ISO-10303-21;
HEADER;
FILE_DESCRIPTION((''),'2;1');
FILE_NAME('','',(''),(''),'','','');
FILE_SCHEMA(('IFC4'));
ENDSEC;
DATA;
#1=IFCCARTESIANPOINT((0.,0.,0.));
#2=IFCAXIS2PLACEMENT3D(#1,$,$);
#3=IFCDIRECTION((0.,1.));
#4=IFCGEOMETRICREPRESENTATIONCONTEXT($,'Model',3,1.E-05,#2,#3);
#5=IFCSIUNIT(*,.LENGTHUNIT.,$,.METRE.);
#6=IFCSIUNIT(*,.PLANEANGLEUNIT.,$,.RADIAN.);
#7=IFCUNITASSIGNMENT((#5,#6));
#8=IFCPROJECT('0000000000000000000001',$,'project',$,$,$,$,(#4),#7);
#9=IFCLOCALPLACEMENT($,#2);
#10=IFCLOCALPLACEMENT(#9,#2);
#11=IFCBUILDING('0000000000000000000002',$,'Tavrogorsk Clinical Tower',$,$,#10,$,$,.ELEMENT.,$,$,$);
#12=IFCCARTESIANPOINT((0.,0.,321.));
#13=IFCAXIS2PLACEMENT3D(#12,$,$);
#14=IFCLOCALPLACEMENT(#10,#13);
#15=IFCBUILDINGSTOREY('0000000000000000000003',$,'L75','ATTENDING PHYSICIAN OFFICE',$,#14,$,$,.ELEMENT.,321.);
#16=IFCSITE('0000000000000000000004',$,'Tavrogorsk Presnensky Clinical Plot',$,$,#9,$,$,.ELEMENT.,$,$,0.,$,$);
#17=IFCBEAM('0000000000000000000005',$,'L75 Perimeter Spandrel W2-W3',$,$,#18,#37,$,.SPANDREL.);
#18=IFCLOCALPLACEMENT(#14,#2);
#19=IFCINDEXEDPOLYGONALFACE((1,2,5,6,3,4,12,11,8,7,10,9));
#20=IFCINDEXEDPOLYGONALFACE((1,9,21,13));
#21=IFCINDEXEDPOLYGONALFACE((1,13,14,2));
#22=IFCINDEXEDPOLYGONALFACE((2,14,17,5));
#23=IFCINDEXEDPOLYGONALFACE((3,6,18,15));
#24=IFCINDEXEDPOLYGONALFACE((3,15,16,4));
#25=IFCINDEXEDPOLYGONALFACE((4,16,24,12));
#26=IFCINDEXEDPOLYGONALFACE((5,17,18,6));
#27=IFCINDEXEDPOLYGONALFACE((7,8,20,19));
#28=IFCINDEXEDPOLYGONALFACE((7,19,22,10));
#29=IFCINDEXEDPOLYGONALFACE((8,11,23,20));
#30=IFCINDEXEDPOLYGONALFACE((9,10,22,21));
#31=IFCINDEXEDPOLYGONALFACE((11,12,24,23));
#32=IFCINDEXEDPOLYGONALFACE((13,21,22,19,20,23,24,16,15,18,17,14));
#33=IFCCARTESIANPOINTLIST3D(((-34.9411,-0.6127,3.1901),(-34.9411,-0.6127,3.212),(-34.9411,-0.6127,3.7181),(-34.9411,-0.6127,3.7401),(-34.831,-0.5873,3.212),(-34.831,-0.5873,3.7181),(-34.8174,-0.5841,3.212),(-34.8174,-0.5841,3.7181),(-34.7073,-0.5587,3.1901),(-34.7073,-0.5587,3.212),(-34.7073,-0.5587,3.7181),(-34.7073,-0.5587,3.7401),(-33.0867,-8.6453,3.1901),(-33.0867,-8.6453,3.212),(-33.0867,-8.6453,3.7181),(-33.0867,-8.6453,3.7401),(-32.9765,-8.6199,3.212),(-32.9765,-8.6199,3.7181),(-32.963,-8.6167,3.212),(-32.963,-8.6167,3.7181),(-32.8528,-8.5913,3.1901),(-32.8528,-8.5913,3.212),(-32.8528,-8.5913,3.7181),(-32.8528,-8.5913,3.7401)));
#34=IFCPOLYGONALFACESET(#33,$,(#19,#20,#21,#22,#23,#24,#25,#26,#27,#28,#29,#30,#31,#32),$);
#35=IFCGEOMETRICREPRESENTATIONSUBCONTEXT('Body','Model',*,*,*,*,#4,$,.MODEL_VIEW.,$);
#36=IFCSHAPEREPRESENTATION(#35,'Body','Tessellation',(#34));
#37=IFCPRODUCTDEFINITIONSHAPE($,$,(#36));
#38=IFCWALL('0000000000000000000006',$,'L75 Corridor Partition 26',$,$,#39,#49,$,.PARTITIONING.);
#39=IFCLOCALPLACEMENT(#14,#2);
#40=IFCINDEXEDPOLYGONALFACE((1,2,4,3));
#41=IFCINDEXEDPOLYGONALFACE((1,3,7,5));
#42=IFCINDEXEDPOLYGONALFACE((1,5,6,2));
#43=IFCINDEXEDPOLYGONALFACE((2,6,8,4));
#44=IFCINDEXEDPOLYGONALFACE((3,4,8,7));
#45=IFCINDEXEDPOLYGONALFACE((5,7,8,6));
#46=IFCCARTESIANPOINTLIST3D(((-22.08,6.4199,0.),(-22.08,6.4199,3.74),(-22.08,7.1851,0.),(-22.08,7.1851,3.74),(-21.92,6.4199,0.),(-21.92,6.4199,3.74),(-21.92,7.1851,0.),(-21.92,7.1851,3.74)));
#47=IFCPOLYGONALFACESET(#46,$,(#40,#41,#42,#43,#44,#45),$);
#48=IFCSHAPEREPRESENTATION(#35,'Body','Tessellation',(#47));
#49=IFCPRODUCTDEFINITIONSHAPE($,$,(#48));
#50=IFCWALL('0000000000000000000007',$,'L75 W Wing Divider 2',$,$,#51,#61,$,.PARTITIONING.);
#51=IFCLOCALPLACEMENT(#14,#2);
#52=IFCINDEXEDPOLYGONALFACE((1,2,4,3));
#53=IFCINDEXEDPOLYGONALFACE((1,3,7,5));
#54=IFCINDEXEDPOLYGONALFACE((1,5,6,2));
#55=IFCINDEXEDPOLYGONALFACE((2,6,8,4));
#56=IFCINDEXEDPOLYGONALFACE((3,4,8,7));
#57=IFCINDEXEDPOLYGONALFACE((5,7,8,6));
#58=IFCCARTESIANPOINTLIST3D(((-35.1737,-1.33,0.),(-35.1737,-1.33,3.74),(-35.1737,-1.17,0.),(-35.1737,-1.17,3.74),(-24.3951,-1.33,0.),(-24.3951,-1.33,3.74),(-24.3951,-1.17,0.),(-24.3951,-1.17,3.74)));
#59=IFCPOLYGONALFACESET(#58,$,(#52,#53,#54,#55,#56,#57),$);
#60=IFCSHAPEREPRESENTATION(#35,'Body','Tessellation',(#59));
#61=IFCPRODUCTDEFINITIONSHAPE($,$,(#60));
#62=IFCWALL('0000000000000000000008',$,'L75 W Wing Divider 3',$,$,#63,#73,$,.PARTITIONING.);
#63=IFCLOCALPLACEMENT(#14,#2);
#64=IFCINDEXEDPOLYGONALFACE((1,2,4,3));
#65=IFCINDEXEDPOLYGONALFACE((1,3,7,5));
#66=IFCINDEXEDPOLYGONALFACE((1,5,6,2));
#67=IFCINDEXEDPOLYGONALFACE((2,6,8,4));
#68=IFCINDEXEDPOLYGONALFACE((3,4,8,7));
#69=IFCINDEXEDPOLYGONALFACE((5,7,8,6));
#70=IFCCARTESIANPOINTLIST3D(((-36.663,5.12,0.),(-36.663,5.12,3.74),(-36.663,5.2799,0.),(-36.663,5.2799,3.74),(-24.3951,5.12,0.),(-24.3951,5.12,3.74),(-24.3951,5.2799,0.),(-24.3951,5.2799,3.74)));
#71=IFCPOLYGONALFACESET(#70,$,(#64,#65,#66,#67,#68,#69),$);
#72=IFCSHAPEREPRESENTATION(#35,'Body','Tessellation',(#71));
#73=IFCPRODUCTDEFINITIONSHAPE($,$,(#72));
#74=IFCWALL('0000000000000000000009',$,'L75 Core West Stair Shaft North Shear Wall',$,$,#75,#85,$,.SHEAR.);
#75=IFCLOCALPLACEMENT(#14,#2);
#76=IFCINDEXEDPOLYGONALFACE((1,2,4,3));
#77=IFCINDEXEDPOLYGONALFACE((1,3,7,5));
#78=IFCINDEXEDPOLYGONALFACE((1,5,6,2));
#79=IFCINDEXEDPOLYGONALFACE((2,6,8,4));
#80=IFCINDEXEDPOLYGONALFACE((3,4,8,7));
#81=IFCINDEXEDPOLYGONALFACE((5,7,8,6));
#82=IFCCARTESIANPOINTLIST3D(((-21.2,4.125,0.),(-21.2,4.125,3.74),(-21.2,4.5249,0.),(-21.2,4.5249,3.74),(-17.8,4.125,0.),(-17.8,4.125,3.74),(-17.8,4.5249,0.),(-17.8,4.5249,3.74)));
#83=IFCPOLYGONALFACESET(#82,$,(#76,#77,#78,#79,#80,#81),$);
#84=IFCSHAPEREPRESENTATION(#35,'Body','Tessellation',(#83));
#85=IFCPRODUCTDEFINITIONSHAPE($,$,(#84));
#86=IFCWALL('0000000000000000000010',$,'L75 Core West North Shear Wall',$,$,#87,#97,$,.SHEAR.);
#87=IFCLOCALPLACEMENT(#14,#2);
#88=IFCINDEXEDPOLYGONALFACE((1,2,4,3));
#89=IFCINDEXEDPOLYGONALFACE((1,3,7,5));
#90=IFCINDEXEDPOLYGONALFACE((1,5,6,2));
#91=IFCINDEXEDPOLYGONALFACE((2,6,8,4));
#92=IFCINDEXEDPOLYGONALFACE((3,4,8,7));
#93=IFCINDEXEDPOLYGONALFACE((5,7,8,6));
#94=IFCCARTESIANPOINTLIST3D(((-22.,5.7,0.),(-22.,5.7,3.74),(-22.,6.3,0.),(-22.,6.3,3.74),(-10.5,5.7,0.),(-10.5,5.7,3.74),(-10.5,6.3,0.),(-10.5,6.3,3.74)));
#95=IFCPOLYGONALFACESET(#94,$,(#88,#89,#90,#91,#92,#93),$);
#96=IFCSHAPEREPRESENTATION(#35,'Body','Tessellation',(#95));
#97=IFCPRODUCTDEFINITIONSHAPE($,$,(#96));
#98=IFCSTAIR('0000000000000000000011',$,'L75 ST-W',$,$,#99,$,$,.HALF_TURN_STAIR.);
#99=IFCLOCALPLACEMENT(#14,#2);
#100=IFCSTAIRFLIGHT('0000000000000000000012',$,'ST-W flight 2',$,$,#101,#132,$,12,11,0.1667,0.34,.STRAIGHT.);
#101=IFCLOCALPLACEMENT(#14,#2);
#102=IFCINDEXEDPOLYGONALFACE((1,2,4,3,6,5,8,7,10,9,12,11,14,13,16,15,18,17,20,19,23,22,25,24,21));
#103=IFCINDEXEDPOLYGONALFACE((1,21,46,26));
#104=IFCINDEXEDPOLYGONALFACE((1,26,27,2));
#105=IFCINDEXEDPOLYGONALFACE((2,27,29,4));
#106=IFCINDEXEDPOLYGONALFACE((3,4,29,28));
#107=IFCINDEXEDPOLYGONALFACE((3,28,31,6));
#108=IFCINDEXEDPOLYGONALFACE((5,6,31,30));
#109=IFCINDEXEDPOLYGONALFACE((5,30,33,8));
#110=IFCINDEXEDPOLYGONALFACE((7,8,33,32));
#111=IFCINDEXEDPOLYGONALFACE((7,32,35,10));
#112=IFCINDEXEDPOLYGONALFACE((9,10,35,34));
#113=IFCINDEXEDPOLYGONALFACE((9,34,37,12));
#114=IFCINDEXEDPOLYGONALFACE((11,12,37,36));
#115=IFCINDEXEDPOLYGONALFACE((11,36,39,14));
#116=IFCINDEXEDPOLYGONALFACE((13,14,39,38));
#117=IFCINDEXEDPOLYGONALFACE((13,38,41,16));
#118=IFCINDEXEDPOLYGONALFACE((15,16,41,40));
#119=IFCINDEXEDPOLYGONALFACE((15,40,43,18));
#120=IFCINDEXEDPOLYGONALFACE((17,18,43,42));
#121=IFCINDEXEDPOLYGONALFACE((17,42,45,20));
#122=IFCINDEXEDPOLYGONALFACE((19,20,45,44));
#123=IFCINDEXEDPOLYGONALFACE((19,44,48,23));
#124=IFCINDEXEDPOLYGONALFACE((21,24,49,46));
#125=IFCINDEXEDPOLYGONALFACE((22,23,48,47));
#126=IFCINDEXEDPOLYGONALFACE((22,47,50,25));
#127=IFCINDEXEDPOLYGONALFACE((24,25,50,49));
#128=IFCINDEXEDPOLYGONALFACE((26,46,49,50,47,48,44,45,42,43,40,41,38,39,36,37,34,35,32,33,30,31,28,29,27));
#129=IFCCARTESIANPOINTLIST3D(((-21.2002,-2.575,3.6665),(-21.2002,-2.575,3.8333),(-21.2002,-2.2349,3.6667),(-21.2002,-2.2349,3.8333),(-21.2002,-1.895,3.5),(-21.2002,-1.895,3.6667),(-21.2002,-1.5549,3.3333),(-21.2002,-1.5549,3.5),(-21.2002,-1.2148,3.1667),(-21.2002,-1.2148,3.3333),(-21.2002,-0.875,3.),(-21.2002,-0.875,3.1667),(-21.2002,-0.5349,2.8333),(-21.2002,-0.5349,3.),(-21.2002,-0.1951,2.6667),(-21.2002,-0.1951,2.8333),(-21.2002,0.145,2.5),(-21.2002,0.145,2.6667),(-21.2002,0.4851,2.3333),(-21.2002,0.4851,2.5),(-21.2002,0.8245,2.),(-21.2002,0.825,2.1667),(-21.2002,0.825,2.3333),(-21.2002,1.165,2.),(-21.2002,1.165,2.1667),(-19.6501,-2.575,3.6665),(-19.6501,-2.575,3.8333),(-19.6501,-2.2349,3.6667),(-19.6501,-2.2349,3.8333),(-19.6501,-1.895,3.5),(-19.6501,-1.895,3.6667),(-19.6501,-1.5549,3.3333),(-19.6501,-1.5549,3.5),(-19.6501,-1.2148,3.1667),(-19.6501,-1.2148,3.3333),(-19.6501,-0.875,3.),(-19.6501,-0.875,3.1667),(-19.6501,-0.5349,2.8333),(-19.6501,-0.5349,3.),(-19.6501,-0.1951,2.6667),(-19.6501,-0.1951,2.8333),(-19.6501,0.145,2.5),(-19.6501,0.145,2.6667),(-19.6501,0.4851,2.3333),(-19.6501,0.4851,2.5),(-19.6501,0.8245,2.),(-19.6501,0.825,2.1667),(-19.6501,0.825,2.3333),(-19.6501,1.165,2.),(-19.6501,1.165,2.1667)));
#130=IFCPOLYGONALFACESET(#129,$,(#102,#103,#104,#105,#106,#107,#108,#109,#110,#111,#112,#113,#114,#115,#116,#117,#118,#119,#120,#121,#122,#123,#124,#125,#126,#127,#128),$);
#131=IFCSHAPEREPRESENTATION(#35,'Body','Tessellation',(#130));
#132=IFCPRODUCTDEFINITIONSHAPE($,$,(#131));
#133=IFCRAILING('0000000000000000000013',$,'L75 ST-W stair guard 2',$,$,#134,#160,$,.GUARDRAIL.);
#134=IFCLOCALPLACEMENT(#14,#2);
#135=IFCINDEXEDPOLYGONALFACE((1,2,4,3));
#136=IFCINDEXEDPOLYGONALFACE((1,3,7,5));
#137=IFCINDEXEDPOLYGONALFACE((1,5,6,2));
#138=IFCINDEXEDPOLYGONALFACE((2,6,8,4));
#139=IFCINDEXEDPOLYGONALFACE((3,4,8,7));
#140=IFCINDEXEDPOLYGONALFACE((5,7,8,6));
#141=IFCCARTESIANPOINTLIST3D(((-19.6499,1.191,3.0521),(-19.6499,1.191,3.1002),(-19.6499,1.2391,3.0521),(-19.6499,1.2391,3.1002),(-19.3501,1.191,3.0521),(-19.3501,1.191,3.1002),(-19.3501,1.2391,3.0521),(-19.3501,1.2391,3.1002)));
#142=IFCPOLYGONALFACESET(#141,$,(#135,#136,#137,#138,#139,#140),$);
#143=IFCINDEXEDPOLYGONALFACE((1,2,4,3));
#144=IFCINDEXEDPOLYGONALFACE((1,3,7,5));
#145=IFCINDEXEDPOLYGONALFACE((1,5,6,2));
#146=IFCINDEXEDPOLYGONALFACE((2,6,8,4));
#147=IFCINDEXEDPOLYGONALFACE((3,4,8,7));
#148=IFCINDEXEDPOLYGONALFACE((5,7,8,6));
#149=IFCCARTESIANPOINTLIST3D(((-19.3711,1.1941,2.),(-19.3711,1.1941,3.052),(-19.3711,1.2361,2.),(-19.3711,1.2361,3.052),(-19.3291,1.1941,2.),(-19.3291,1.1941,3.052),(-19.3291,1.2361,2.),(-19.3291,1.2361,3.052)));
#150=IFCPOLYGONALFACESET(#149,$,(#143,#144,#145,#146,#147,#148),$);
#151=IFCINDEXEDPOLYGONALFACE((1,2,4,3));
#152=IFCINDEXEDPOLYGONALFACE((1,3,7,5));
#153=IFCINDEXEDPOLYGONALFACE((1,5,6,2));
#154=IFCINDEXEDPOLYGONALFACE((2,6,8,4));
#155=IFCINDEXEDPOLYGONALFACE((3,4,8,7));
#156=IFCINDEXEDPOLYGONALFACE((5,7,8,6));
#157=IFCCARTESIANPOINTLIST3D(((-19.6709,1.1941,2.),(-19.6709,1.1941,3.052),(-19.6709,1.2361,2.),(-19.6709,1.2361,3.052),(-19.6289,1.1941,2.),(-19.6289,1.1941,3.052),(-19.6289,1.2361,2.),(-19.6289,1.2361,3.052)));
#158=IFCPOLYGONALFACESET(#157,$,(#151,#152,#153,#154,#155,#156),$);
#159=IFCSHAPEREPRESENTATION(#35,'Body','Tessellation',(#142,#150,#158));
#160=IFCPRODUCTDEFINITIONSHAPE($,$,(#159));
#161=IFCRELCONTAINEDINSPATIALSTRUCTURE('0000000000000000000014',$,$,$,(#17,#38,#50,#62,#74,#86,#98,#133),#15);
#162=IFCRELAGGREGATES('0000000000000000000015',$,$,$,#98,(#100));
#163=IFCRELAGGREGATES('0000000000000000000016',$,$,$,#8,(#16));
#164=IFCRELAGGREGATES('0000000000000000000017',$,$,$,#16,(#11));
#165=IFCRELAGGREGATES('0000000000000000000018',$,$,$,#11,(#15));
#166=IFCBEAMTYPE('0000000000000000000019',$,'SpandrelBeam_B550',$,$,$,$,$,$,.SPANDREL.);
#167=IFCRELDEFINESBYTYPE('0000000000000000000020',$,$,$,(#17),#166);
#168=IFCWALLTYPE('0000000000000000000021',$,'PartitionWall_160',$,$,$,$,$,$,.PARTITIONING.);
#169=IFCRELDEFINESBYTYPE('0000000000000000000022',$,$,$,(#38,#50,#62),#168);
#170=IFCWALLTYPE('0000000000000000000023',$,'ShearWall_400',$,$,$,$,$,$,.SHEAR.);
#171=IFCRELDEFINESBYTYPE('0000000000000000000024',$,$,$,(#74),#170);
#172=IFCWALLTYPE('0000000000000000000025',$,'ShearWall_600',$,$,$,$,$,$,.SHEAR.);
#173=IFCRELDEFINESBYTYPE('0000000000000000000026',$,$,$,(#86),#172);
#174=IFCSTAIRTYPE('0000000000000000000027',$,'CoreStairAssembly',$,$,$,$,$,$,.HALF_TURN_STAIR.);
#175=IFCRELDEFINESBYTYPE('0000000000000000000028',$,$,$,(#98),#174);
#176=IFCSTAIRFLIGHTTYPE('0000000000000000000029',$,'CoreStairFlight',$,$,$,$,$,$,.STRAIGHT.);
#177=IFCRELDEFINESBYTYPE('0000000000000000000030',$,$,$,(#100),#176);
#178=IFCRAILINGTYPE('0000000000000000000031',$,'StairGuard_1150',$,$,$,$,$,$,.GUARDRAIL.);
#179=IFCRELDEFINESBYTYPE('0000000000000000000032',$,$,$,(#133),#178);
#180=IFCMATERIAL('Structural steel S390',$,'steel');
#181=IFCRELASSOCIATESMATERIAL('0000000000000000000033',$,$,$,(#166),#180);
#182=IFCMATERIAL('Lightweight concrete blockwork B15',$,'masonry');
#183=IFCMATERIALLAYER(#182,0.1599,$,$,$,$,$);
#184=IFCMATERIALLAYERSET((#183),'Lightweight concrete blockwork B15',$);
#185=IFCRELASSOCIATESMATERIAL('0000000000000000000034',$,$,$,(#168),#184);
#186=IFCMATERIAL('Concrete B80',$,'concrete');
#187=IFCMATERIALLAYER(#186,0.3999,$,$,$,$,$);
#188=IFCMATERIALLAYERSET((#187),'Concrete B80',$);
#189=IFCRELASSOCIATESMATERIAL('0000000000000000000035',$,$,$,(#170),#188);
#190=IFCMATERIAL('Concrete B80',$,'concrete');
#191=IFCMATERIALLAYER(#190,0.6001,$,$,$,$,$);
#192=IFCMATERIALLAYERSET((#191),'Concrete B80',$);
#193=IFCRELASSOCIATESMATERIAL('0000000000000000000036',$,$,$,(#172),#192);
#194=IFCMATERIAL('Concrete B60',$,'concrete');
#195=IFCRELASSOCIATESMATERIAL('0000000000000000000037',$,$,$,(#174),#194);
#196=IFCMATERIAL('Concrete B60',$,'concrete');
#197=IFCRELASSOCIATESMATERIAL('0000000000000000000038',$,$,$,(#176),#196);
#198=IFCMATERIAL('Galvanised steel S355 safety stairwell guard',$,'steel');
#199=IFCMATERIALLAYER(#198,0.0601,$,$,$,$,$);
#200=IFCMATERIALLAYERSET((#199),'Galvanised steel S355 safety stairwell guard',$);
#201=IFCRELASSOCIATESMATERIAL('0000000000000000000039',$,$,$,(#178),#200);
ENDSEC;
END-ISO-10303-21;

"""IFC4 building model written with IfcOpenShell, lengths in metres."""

from ifc_helpers import new_model, si_unit, direction, frame, frame_2d, origin, origin_2d, place, context, subcontext, project, spatial, polyline, rectangle, i_section, outline, extrude, material, layer, layer_set, material_profile, profile_set, type_object, element, aggregate, save


model = new_model("IFC4")

# Units and contexts
model_context = context("Model", 3, precision=1e-05, world=origin(), true_north=direction((0.0, 1.0)))
body_context = subcontext(model_context, "Body", "Model", "MODEL_VIEW")
ifc_project = project(units=[si_unit("LENGTHUNIT", "METRE"), si_unit("PLANEANGLEUNIT", "RADIAN")], contexts=[model_context])

# Site, building, storey
site_placement = place(None, origin())
site = spatial("IfcSite", under=ifc_project, at=site_placement, Name="Tavrogorsk Presnensky Clinical Plot", CompositionType="ELEMENT", RefElevation=0.0)
building_placement = place(site_placement, origin())
building = spatial("IfcBuilding", under=site, at=building_placement, Name="Tavrogorsk Clinical Tower", CompositionType="ELEMENT")
storey_placement = place(building_placement, frame((0.0, 0.0, 321.0)))
storey = spatial("IfcBuildingStorey", under=building, at=storey_placement, Name="L75", Description="ATTENDING PHYSICIAN OFFICE", CompositionType="ELEMENT", Elevation=321.0)

# Beam
ifc_material_1 = material(Name="Structural steel S390", Category="steel")
ifc_material_profile_1 = material_profile(ifc_material_1, i_section(OverallWidth=0.24, OverallDepth=0.55, WebThickness=0.0139, FlangeThickness=0.022, at=origin_2d()), Name="B-550x240x14x22")
ifc_profile_set_1 = profile_set([ifc_material_profile_1], Name="Structural steel S390")
beam_type_1 = type_object("IfcBeamType", Name="SpandrelBeam_B550", PredefinedType="SPANDREL", material=ifc_profile_set_1)
beam_1_placement = place(storey_placement, frame((-34.8242, -0.5857, 3.4651), z_axis=(0.22495, -0.97437, 0.0), x_axis=(0.97437, 0.22495, 0.0)))
element("IfcBeam", 1, at=beam_1_placement, inside=storey, type_object=beam_type_1, Name="L75 Perimeter Spandrel W2-W3", PredefinedType="SPANDREL", context=body_context, shape_type="SweptSolid", body=[
    extrude(i_section(OverallWidth=0.24, OverallDepth=0.55, WebThickness=0.0139, FlangeThickness=0.022, at=origin_2d()), origin(), (0.0, 0.0, 1.0), 8.2439),
])

# Walls
ifc_material_2 = material(Name="Lightweight concrete blockwork B15", Category="masonry")
ifc_layer_1 = layer(ifc_material_2, 0.1599)
ifc_layer_set_1 = layer_set([ifc_layer_1], Name="Lightweight concrete blockwork B15")
wall_type_1 = type_object("IfcWallType", Name="PartitionWall_160", PredefinedType="PARTITIONING", material=ifc_layer_set_1)
wall_1_placement = place(storey_placement, frame((-22.0, 7.1851, 0.0), z_axis=(0.0, 0.0, 1.0), x_axis=(0.0, -1.0, 0.0)))
element("IfcWall", 2, at=wall_1_placement, inside=storey, type_object=wall_type_1, Name="L75 Corridor Partition 26", PredefinedType="PARTITIONING", context=body_context, shape_type="SweptSolid", body=[
    extrude(rectangle(XDim=0.7651, YDim=0.1599, at=frame_2d((0.3826, 0.0))), origin(), (0.0, 0.0, 1.0), 3.74),
])
wall_2_placement = place(storey_placement, frame((-35.1736, -1.25, 0.0), z_axis=(0.0, 0.0, 1.0), x_axis=(1.0, 0.0, 0.0)))
element("IfcWall", 3, at=wall_2_placement, inside=storey, type_object=wall_type_1, Name="L75 W Wing Divider 2", PredefinedType="PARTITIONING", context=body_context, shape_type="SweptSolid", body=[
    extrude(rectangle(XDim=10.7786, YDim=0.1599, at=frame_2d((5.3892, 0.0))), origin(), (0.0, 0.0, 1.0), 3.74),
])
wall_3_placement = place(storey_placement, frame((-36.6628, 5.2, 0.0), z_axis=(0.0, 0.0, 1.0), x_axis=(1.0, 0.0, 0.0)))
element("IfcWall", 4, at=wall_3_placement, inside=storey, type_object=wall_type_1, Name="L75 W Wing Divider 3", PredefinedType="PARTITIONING", context=body_context, shape_type="SweptSolid", body=[
    extrude(rectangle(XDim=12.2678, YDim=0.1599, at=frame_2d((6.1338, 0.0))), origin(), (0.0, 0.0, 1.0), 3.74),
])
ifc_material_3 = material(Name="Concrete B80", Category="concrete")
ifc_layer_2 = layer(ifc_material_3, 0.3999)
ifc_layer_set_2 = layer_set([ifc_layer_2], Name="Concrete B80")
wall_type_2 = type_object("IfcWallType", Name="ShearWall_400", PredefinedType="SHEAR", material=ifc_layer_set_2)
wall_4_placement = place(storey_placement, frame((-21.2, 4.325, 0.0), z_axis=(0.0, 0.0, 1.0), x_axis=(1.0, 0.0, 0.0)))
element("IfcWall", 5, at=wall_4_placement, inside=storey, type_object=wall_type_2, Name="L75 Core West Stair Shaft North Shear Wall", PredefinedType="SHEAR", context=body_context, shape_type="SweptSolid", body=[
    extrude(rectangle(XDim=3.3999, YDim=0.3999, at=frame_2d((1.7, 0.0))), origin(), (0.0, 0.0, 1.0), 3.74),
])
ifc_material_4 = material(Name="Concrete B80", Category="concrete")
ifc_layer_3 = layer(ifc_material_4, 0.6001)
ifc_layer_set_3 = layer_set([ifc_layer_3], Name="Concrete B80")
wall_type_3 = type_object("IfcWallType", Name="ShearWall_600", PredefinedType="SHEAR", material=ifc_layer_set_3)
wall_5_placement = place(storey_placement, frame((-22.0, 6.0, 0.0), z_axis=(0.0, 0.0, 1.0), x_axis=(1.0, 0.0, 0.0)))
element("IfcWall", 6, at=wall_5_placement, inside=storey, type_object=wall_type_3, Name="L75 Core West North Shear Wall", PredefinedType="SHEAR", context=body_context, shape_type="SweptSolid", body=[
    extrude(rectangle(XDim=11.5, YDim=0.6001, at=frame_2d((5.75, 0.0))), origin(), (0.0, 0.0, 1.0), 3.74),
])

# Stair, stair flight
ifc_material_5 = material(Name="Concrete B60", Category="concrete")
stair_type = type_object("IfcStairType", Name="CoreStairAssembly", PredefinedType="HALF_TURN_STAIR", material=ifc_material_5)
stair_placement = place(storey_placement, origin())
stair = element("IfcStair", 7, at=stair_placement, inside=storey, type_object=stair_type, Name="L75 ST-W", PredefinedType="HALF_TURN_STAIR")
ifc_material_6 = material(Name="Concrete B60", Category="concrete")
stair_flight_type = type_object("IfcStairFlightType", Name="CoreStairFlight", PredefinedType="STRAIGHT", material=ifc_material_6)
stair_flight_placement = place(storey_placement, frame((-20.425, 1.165, 2.0), z_axis=(0.0, 0.0, 1.0), x_axis=(0.0, -1.0, 0.0)))
stair_flight = element("IfcStairFlight", 8, at=stair_flight_placement, type_object=stair_flight_type, Name="ST-W flight 2", NumberOfRisers=12, NumberOfTreads=11, PredefinedType="STRAIGHT", RiserHeight=0.1667, TreadLength=0.34, context=body_context, shape_type="SweptSolid", body=[
    extrude(outline(polyline([(0.0, 0.0), (0.0, 0.1667), (0.3401, 0.1667), (0.3401, 0.3333), (0.6799, 0.3333), (0.6799, 0.5), (1.02, 0.5), (1.02, 0.6667), (1.3601, 0.6667), (1.3601, 0.8333), (1.7, 0.8333), (1.7, 1.0), (2.04, 1.0), (2.04, 1.1667), (2.3799, 1.1667), (2.3799, 1.3333), (2.72, 1.3333), (2.72, 1.5), (3.0601, 1.5), (3.0601, 1.6667), (3.3999, 1.6667), (3.3999, 1.8333), (3.74, 1.8333), (3.74, 2.0), (3.74, 1.6665), (0.3406, 0.0), (0.0, 0.0)])), frame((0.0, 0.7749, 0.0), z_axis=(0.0, -1.0, 0.0), x_axis=(1.0, 0.0, 0.0)), (0.0, 0.0, 1.0), 1.55),
])
aggregate(stair, [stair_flight])

# Railing
ifc_material_7 = material(Name="Galvanised steel S355 safety stairwell guard", Category="steel")
ifc_layer_4 = layer(ifc_material_7, 0.0601)
ifc_layer_set_4 = layer_set([ifc_layer_4], Name="Galvanised steel S355 safety stairwell guard")
railing_type_1 = type_object("IfcRailingType", Name="StairGuard_1150", PredefinedType="GUARDRAIL", material=ifc_layer_set_4)
railing_1_placement = place(storey_placement, frame((-19.3501, 1.2151, 2.0)))
element("IfcRailing", 9, at=railing_1_placement, inside=storey, type_object=railing_type_1, Name="L75 ST-W stair guard 2", PredefinedType="GUARDRAIL", context=body_context, shape_type="SweptSolid", body=[
    extrude(rectangle(XDim=0.0481, YDim=0.0481, at=origin_2d()), frame((0.0, 0.0, 1.0762), z_axis=(-1.0, 0.0, 0.0), x_axis=(0.0, -1.0, 0.0)), (0.0, 0.0, 1.0), 0.2998),
    extrude(rectangle(XDim=0.042, YDim=0.042, at=origin_2d()), origin(), (0.0, 0.0, 1.0), 1.052),
    extrude(rectangle(XDim=0.042, YDim=0.042, at=origin_2d()), frame((-0.2998, 0.0, 0.0)), (0.0, 0.0, 1.0), 1.052),
])

save(model, "model.ifc")
